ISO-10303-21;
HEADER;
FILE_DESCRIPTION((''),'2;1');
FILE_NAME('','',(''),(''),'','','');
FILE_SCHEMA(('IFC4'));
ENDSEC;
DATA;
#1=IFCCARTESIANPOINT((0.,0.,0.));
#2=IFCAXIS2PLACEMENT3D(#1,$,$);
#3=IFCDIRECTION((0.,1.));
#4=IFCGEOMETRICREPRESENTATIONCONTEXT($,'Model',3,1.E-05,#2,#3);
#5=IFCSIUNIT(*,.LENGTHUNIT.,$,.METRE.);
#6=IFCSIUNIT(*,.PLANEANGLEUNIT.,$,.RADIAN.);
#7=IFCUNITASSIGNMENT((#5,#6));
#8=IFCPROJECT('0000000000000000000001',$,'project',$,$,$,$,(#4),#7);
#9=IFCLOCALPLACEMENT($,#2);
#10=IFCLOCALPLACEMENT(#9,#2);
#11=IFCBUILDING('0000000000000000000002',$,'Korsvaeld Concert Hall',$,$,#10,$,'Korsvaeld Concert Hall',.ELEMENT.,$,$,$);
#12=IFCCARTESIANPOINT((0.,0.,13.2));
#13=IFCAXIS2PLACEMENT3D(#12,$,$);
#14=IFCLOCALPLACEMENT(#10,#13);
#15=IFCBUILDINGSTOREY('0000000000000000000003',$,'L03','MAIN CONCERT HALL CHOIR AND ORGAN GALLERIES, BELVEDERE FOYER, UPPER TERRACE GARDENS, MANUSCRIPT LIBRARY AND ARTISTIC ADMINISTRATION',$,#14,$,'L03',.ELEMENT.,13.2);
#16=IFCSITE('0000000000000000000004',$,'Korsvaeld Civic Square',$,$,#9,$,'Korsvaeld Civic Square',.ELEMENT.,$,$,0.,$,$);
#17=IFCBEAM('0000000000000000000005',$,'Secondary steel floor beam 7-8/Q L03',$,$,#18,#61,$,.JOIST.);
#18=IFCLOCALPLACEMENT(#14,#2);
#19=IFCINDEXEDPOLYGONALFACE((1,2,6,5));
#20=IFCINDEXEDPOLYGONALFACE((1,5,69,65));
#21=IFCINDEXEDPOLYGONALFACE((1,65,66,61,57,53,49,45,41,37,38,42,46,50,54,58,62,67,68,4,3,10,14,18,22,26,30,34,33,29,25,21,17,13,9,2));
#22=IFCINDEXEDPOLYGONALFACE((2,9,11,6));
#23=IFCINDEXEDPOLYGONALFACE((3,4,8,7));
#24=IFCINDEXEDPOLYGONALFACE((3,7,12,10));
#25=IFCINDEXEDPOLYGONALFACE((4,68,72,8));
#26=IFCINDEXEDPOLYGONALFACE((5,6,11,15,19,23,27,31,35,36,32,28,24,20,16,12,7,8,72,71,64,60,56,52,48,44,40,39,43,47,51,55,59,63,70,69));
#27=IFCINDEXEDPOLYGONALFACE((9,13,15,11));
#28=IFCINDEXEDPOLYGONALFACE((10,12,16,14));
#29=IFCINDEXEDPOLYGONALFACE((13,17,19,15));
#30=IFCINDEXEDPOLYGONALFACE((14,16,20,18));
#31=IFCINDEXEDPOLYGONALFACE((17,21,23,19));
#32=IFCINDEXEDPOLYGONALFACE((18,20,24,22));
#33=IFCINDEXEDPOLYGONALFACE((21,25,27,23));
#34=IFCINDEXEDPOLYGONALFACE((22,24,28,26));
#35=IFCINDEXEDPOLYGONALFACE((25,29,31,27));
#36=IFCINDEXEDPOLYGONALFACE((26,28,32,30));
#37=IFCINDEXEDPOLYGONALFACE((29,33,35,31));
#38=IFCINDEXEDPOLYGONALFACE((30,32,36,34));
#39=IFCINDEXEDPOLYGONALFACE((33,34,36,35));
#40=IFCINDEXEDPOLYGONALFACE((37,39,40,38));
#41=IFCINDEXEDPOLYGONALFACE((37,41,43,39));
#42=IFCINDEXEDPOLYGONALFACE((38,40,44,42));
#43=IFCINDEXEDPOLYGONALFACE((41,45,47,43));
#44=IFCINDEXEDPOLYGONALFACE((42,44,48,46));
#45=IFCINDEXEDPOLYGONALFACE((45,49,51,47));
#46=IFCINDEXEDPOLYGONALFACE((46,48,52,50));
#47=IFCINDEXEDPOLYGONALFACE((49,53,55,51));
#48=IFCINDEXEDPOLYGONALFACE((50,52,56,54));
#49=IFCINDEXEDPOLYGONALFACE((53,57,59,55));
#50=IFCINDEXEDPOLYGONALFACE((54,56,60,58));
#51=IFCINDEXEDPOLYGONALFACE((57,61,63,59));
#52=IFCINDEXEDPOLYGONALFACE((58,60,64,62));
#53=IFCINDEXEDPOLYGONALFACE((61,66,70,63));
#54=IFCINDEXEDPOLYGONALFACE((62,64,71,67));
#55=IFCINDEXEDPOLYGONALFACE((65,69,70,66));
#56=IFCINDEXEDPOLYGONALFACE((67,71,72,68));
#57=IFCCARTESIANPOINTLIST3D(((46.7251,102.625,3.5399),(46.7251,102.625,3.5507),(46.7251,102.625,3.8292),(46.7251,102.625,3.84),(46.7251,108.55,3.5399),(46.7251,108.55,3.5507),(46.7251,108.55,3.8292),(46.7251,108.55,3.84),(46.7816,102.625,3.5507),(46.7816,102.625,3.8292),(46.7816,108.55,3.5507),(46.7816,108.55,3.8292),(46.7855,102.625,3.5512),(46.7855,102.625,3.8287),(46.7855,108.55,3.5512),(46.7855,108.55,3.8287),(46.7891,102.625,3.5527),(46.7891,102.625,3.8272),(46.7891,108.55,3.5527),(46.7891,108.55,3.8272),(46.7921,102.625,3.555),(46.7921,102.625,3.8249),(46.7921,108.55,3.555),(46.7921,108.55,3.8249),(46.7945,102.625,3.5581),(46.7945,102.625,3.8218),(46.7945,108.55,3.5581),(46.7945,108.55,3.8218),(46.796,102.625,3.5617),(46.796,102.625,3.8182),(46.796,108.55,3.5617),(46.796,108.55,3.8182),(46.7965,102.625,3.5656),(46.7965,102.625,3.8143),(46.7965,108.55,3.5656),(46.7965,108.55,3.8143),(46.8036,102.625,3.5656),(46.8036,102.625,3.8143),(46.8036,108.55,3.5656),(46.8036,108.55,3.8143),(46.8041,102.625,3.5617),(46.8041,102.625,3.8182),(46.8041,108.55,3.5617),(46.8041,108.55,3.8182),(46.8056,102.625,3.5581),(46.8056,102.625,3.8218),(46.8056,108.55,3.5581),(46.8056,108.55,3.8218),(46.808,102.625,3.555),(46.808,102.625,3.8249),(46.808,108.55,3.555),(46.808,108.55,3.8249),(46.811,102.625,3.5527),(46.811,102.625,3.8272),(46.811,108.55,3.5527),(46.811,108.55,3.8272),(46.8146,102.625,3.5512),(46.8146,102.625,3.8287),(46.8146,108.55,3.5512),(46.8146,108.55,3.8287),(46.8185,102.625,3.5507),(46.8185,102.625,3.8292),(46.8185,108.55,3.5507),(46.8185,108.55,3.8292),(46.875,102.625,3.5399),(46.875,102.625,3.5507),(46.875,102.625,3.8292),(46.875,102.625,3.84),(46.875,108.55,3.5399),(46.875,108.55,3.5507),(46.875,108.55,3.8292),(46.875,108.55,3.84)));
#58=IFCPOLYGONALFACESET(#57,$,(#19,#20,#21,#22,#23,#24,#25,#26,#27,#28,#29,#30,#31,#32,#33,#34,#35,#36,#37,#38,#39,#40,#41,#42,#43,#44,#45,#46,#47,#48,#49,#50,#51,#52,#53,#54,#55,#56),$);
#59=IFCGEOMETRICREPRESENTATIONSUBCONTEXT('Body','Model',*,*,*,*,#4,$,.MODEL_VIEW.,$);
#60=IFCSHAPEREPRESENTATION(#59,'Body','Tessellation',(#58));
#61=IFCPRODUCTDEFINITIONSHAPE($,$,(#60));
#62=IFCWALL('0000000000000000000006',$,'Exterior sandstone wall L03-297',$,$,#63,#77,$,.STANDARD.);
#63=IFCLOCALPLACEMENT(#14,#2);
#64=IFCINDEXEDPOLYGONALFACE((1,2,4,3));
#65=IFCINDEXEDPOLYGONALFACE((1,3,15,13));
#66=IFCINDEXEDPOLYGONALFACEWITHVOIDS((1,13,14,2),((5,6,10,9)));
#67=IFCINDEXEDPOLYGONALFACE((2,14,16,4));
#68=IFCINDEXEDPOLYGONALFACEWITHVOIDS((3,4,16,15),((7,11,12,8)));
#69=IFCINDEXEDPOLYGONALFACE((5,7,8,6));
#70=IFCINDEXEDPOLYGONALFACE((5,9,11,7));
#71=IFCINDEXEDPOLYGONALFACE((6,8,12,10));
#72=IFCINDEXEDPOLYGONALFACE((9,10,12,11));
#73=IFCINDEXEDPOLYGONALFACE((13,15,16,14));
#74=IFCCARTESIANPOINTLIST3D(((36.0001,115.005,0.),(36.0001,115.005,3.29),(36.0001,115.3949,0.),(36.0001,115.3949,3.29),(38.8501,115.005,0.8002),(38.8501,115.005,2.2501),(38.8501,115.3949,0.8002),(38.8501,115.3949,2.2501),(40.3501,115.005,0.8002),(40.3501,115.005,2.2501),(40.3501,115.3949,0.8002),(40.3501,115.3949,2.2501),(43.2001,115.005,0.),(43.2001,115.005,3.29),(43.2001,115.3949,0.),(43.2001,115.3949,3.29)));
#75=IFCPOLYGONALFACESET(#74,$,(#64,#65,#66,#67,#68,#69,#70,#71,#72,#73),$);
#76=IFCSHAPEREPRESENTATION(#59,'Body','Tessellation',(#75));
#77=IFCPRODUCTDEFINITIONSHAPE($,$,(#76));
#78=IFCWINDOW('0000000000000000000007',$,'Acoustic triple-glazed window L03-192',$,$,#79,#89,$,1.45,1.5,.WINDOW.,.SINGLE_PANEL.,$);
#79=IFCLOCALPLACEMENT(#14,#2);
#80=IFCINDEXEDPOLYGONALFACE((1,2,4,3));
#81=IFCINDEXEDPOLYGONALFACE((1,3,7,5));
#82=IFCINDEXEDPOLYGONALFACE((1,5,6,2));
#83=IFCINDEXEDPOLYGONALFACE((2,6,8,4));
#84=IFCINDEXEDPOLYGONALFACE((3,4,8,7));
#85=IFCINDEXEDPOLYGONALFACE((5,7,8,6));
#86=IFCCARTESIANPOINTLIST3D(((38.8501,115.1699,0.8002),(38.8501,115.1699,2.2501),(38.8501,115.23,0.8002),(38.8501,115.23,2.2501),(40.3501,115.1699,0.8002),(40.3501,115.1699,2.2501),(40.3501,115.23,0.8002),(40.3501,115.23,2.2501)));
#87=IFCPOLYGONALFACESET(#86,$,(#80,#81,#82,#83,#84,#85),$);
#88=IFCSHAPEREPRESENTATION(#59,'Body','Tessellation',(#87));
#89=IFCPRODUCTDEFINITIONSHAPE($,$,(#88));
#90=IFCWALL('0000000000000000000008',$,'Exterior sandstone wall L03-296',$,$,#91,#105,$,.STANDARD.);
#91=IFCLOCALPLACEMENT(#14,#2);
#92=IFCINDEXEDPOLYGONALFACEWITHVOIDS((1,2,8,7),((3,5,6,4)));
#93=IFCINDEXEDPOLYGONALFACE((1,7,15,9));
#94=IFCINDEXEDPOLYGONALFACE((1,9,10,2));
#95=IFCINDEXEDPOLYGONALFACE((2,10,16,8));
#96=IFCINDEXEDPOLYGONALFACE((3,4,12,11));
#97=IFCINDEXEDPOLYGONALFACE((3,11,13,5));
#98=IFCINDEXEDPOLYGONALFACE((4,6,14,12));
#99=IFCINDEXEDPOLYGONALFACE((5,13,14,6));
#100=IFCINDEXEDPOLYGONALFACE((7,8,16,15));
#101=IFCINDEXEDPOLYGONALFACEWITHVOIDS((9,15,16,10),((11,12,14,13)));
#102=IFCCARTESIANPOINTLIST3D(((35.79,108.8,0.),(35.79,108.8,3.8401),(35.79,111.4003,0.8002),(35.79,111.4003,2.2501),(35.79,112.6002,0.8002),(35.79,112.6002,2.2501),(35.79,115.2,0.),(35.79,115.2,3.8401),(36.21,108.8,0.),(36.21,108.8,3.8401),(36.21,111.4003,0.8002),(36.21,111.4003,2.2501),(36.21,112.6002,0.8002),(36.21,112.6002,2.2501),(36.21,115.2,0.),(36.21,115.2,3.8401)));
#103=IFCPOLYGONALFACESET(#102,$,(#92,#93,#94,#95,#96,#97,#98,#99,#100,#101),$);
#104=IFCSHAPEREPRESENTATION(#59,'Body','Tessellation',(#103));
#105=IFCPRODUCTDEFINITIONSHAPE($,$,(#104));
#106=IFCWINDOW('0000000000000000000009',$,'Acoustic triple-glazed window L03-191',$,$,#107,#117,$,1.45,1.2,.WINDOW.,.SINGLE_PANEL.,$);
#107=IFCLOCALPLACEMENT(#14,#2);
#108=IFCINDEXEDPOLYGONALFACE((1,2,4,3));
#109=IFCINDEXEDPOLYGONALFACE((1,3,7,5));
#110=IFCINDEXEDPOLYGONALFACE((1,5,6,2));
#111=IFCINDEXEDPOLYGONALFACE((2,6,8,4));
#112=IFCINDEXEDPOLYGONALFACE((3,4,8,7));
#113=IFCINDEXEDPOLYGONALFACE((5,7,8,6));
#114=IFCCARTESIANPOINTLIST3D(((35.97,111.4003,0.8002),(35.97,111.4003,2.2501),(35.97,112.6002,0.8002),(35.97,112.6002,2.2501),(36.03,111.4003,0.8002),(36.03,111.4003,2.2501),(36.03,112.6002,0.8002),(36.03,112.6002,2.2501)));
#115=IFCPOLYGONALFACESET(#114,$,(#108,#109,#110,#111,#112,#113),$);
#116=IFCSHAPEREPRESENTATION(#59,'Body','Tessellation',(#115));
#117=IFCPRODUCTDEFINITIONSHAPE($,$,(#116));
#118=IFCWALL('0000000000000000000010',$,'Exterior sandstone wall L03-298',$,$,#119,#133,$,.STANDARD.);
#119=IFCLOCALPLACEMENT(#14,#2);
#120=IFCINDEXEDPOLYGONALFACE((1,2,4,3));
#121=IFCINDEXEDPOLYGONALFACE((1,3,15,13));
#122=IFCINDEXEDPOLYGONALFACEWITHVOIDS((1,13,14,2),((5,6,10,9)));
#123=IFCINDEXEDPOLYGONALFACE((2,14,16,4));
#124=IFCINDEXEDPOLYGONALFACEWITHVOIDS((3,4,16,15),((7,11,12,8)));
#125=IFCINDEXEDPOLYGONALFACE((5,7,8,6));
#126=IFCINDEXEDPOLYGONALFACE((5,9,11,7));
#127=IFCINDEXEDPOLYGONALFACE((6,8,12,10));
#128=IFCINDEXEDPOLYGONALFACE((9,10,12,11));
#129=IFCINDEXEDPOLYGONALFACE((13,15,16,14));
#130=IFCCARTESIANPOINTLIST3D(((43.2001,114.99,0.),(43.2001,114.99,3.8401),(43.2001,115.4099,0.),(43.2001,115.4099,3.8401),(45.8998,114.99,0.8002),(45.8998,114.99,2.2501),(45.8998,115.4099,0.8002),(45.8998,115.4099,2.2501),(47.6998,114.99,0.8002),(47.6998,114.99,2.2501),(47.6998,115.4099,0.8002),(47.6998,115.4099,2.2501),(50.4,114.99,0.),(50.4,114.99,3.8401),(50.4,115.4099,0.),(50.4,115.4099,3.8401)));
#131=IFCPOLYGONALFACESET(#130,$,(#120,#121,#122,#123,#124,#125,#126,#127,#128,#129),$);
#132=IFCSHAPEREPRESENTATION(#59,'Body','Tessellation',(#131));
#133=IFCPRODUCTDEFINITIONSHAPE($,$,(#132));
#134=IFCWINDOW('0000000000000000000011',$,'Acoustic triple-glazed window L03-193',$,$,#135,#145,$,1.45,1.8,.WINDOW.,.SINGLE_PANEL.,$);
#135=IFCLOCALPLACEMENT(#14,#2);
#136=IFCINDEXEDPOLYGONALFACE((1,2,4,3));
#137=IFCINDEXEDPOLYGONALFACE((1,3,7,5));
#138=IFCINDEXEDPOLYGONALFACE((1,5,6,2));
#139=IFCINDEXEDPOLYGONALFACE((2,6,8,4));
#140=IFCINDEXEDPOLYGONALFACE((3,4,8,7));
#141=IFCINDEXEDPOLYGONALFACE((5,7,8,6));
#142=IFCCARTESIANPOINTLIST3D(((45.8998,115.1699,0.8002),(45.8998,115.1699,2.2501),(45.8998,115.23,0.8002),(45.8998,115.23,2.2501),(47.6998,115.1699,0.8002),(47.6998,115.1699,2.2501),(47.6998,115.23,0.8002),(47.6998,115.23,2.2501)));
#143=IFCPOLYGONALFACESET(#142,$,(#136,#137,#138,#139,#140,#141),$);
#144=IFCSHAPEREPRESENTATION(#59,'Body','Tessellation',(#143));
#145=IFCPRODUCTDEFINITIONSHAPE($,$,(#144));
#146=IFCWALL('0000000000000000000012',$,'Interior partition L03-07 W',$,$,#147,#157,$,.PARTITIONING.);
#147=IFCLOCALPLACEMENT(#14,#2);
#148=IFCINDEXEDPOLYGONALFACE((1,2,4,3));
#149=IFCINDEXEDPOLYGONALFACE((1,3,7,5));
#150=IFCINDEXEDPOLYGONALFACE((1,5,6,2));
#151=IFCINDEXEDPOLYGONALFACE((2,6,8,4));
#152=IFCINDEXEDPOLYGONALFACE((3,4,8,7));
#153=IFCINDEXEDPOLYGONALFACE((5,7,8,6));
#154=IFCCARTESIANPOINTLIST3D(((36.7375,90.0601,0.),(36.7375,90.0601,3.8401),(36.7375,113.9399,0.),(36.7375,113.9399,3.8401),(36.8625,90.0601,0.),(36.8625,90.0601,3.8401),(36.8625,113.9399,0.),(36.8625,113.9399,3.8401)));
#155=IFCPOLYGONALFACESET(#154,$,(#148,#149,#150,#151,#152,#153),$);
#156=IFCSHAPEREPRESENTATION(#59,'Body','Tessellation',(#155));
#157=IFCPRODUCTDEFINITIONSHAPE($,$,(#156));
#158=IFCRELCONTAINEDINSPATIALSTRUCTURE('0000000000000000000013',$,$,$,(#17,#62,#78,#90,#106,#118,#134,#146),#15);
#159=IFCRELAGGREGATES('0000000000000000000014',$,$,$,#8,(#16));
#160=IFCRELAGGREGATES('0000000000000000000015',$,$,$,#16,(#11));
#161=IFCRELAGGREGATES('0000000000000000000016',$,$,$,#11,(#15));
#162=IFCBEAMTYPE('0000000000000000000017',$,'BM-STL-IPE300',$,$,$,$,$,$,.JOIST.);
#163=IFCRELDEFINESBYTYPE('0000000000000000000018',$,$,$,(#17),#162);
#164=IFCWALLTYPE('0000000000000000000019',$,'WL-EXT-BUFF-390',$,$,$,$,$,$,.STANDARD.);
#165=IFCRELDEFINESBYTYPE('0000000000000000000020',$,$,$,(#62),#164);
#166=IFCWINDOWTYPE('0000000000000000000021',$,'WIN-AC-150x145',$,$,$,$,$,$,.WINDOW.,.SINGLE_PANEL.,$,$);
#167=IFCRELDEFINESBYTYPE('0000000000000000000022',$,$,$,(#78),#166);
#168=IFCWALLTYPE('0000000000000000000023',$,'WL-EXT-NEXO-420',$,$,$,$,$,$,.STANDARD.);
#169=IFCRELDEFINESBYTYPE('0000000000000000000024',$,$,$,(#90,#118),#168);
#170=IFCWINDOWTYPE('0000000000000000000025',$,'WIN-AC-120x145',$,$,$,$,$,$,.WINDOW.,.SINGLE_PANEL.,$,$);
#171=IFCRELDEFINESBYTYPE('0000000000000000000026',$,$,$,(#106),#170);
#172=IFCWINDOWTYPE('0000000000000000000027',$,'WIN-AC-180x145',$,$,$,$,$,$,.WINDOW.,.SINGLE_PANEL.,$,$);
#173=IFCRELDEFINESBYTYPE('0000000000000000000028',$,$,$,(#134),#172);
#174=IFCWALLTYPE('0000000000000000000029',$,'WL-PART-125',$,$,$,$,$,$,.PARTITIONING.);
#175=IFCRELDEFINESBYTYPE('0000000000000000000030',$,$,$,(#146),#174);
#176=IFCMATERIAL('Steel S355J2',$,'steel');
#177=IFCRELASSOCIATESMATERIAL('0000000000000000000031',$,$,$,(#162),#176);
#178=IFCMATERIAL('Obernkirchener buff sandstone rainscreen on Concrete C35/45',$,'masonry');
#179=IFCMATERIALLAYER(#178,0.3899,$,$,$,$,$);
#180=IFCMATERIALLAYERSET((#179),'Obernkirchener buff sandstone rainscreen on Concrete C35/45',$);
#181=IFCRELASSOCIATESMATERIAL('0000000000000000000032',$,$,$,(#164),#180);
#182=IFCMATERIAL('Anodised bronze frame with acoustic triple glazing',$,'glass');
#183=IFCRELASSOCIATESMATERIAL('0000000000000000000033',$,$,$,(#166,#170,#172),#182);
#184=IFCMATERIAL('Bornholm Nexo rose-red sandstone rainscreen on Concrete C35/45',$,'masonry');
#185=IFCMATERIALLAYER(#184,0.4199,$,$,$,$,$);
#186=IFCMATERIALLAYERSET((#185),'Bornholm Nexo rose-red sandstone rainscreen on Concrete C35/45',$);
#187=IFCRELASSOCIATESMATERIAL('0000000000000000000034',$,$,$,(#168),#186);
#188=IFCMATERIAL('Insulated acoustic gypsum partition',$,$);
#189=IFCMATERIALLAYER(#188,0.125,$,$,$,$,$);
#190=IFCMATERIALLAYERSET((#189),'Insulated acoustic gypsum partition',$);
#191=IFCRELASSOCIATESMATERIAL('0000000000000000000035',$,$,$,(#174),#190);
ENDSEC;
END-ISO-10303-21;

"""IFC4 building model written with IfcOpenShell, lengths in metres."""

from ifc_helpers import new_model, si_unit, direction, frame, frame_2d, origin, origin_2d, place, context, subcontext, project, spatial, rectangle, i_section, extrude, material, layer, layer_set, material_profile, profile_set, type_object, element, fill, save


model = new_model("IFC4")

# Units and contexts
model_context = context("Model", 3, precision=1e-05, world=origin(), true_north=direction((0.0, 1.0)))
body_context = subcontext(model_context, "Body", "Model", "MODEL_VIEW")
ifc_project = project(units=[si_unit("LENGTHUNIT", "METRE"), si_unit("PLANEANGLEUNIT", "RADIAN")], contexts=[model_context])

# Site, building, storey
site_placement = place(None, origin())
site = spatial("IfcSite", under=ifc_project, at=site_placement, Name="Korsvaeld Civic Square", LongName="Korsvaeld Civic Square", CompositionType="ELEMENT", RefElevation=0.0)
building_placement = place(site_placement, origin())
building = spatial("IfcBuilding", under=site, at=building_placement, Name="Korsvaeld Concert Hall", LongName="Korsvaeld Concert Hall", CompositionType="ELEMENT")
storey_placement = place(building_placement, frame((0.0, 0.0, 13.2)))
storey = spatial("IfcBuildingStorey", under=building, at=storey_placement, Name="L03", Description="MAIN CONCERT HALL CHOIR AND ORGAN GALLERIES, BELVEDERE FOYER, UPPER TERRACE GARDENS, MANUSCRIPT LIBRARY AND ARTISTIC ADMINISTRATION", LongName="L03", CompositionType="ELEMENT", Elevation=13.2)

# Beam
ifc_material_1 = material(Name="Steel S355J2", Category="steel")
ifc_material_profile_1 = material_profile(ifc_material_1, i_section(OverallWidth=0.1499, OverallDepth=0.3, WebThickness=0.0071, FlangeThickness=0.0107, FilletRadius=0.0149, at=origin_2d()), Name="IPE 300")
ifc_profile_set_1 = profile_set([ifc_material_profile_1], Name="Steel S355J2")
beam_type_1 = type_object("IfcBeamType", Name="BM-STL-IPE300", PredefinedType="JOIST", material=ifc_profile_set_1)
beam_1_placement = place(storey_placement, frame((46.8, 102.625, 3.6899), z_axis=(0.0, 1.0, 0.0), x_axis=(-1.0, 0.0, 0.0)))
element("IfcBeam", 1, at=beam_1_placement, inside=storey, type_object=beam_type_1, Name="Secondary steel floor beam 7-8/Q L03", PredefinedType="JOIST", context=body_context, shape_type="SweptSolid", body=[
    extrude(i_section(OverallWidth=0.1499, OverallDepth=0.3, WebThickness=0.0071, FlangeThickness=0.0107, FilletRadius=0.0149, at=origin_2d()), origin(), (0.0, 0.0, 1.0), 5.925),
])

# Walls, openings, windows
ifc_material_2 = material(Name="Obernkirchener buff sandstone rainscreen on Concrete C35/45", Category="masonry")
ifc_layer_1 = layer(ifc_material_2, 0.3899)
ifc_layer_set_1 = layer_set([ifc_layer_1], Name="Obernkirchener buff sandstone rainscreen on Concrete C35/45")
wall_type_1 = type_object("IfcWallType", Name="WL-EXT-BUFF-390", PredefinedType="STANDARD", material=ifc_layer_set_1)
wall_1_placement = place(storey_placement, frame((36.0, 115.2, 0.0), z_axis=(0.0, 0.0, 1.0), x_axis=(1.0, 0.0, 0.0)))
wall_1 = element("IfcWall", 2, at=wall_1_placement, inside=storey, type_object=wall_type_1, Name="Exterior sandstone wall L03-297", PredefinedType="STANDARD", context=body_context, shape_type="SweptSolid", body=[
    extrude(rectangle(XDim=7.2, YDim=0.3899, at=frame_2d((3.6001, 0.0))), origin(), (0.0, 0.0, 1.0), 3.29),
])
opening_1_placement = place(wall_1_placement, frame((2.8501, 0.0, 0.8)))
opening_1 = element("IfcOpeningElement", 3, at=opening_1_placement, cuts=wall_1, PredefinedType="OPENING", context=body_context, shape_type="SweptSolid", body=[
    extrude(rectangle(XDim=1.5, YDim=1.45, at=frame_2d((0.75, 0.7251))), frame((0.0, 0.2051, 0.0), z_axis=(0.0, -1.0, 0.0), x_axis=(1.0, 0.0, 0.0)), (0.0, 0.0, 1.0), 0.4099),
])
ifc_material_3 = material(Name="Anodised bronze frame with acoustic triple glazing", Category="glass")
window_type_1 = type_object("IfcWindowType", Name="WIN-AC-150x145", PartitioningType="SINGLE_PANEL", PredefinedType="WINDOW", material=ifc_material_3)
window_1_placement = place(opening_1_placement, origin())
window_1 = element("IfcWindow", 4, at=window_1_placement, inside=storey, type_object=window_type_1, Name="Acoustic triple-glazed window L03-192", OverallHeight=1.45, OverallWidth=1.5, PartitioningType="SINGLE_PANEL", PredefinedType="WINDOW", context=body_context, shape_type="SweptSolid", body=[
    extrude(rectangle(XDim=1.5, YDim=1.45, at=frame_2d((0.75, 0.7251))), frame((0.0, 0.03, 0.0), z_axis=(0.0, -1.0, 0.0), x_axis=(1.0, 0.0, 0.0)), (0.0, 0.0, 1.0), 0.0601),
])
fill(opening_1, window_1)
ifc_material_4 = material(Name="Bornholm Nexo rose-red sandstone rainscreen on Concrete C35/45", Category="masonry")
ifc_layer_2 = layer(ifc_material_4, 0.4199)
ifc_layer_set_2 = layer_set([ifc_layer_2], Name="Bornholm Nexo rose-red sandstone rainscreen on Concrete C35/45")
wall_type_2 = type_object("IfcWallType", Name="WL-EXT-NEXO-420", PredefinedType="STANDARD", material=ifc_layer_set_2)
wall_2_placement = place(storey_placement, frame((36.0, 108.8, 0.0), z_axis=(0.0, 0.0, 1.0), x_axis=(0.0, 1.0, 0.0)))
wall_2 = element("IfcWall", 5, at=wall_2_placement, inside=storey, type_object=wall_type_2, Name="Exterior sandstone wall L03-296", PredefinedType="STANDARD", context=body_context, shape_type="SweptSolid", body=[
    extrude(rectangle(XDim=6.3999, YDim=0.4199, at=frame_2d((3.2, 0.0))), origin(), (0.0, 0.0, 1.0), 3.8401),
])
opening_2_placement = place(wall_2_placement, frame((2.6001, 0.0, 0.8)))
opening_2 = element("IfcOpeningElement", 6, at=opening_2_placement, cuts=wall_2, PredefinedType="OPENING", context=body_context, shape_type="SweptSolid", body=[
    extrude(rectangle(XDim=1.2, YDim=1.45, at=frame_2d((0.6001, 0.7251))), frame((0.0, 0.22, 0.0), z_axis=(0.0, -1.0, 0.0), x_axis=(1.0, 0.0, 0.0)), (0.0, 0.0, 1.0), 0.4399),
])
window_type_2 = type_object("IfcWindowType", Name="WIN-AC-120x145", PartitioningType="SINGLE_PANEL", PredefinedType="WINDOW", material=ifc_material_3)
window_2_placement = place(opening_2_placement, origin())
window_2 = element("IfcWindow", 7, at=window_2_placement, inside=storey, type_object=window_type_2, Name="Acoustic triple-glazed window L03-191", OverallHeight=1.45, OverallWidth=1.2, PartitioningType="SINGLE_PANEL", PredefinedType="WINDOW", context=body_context, shape_type="SweptSolid", body=[
    extrude(rectangle(XDim=1.2, YDim=1.45, at=frame_2d((0.6001, 0.7251))), frame((0.0, 0.03, 0.0), z_axis=(0.0, -1.0, 0.0), x_axis=(1.0, 0.0, 0.0)), (0.0, 0.0, 1.0), 0.0601),
])
fill(opening_2, window_2)
wall_3_placement = place(storey_placement, frame((43.2, 115.2, 0.0), z_axis=(0.0, 0.0, 1.0), x_axis=(1.0, 0.0, 0.0)))
wall_3 = element("IfcWall", 8, at=wall_3_placement, inside=storey, type_object=wall_type_2, Name="Exterior sandstone wall L03-298", PredefinedType="STANDARD", context=body_context, shape_type="SweptSolid", body=[
    extrude(rectangle(XDim=7.2, YDim=0.4199, at=frame_2d((3.6001, 0.0))), origin(), (0.0, 0.0, 1.0), 3.8401),
])
opening_3_placement = place(wall_3_placement, frame((2.7, 0.0, 0.8)))
opening_3 = element("IfcOpeningElement", 9, at=opening_3_placement, cuts=wall_3, PredefinedType="OPENING", context=body_context, shape_type="SweptSolid", body=[
    extrude(rectangle(XDim=1.8, YDim=1.45, at=frame_2d((0.8999, 0.7251))), frame((0.0, 0.22, 0.0), z_axis=(0.0, -1.0, 0.0), x_axis=(1.0, 0.0, 0.0)), (0.0, 0.0, 1.0), 0.4399),
])
window_type_3 = type_object("IfcWindowType", Name="WIN-AC-180x145", PartitioningType="SINGLE_PANEL", PredefinedType="WINDOW", material=ifc_material_3)
window_3_placement = place(opening_3_placement, origin())
window_3 = element("IfcWindow", 10, at=window_3_placement, inside=storey, type_object=window_type_3, Name="Acoustic triple-glazed window L03-193", OverallHeight=1.45, OverallWidth=1.8, PartitioningType="SINGLE_PANEL", PredefinedType="WINDOW", context=body_context, shape_type="SweptSolid", body=[
    extrude(rectangle(XDim=1.8, YDim=1.45, at=frame_2d((0.8999, 0.7251))), frame((0.0, 0.03, 0.0), z_axis=(0.0, -1.0, 0.0), x_axis=(1.0, 0.0, 0.0)), (0.0, 0.0, 1.0), 0.0601),
])
fill(opening_3, window_3)

# Wall
ifc_material_5 = material(Name="Insulated acoustic gypsum partition")
ifc_layer_3 = layer(ifc_material_5, 0.125)
ifc_layer_set_3 = layer_set([ifc_layer_3], Name="Insulated acoustic gypsum partition")
wall_type_3 = type_object("IfcWallType", Name="WL-PART-125", PredefinedType="PARTITIONING", material=ifc_layer_set_3)
wall_4_placement = place(storey_placement, frame((36.8, 113.9399, 0.0), z_axis=(0.0, 0.0, 1.0), x_axis=(0.0, -1.0, 0.0)))
element("IfcWall", 11, at=wall_4_placement, inside=storey, type_object=wall_type_3, Name="Interior partition L03-07 W", PredefinedType="PARTITIONING", context=body_context, shape_type="SweptSolid", body=[
    extrude(rectangle(XDim=23.8799, YDim=0.125, at=frame_2d((11.9399, 0.0))), origin(), (0.0, 0.0, 1.0), 3.8401),
])

save(model, "model.ifc")
